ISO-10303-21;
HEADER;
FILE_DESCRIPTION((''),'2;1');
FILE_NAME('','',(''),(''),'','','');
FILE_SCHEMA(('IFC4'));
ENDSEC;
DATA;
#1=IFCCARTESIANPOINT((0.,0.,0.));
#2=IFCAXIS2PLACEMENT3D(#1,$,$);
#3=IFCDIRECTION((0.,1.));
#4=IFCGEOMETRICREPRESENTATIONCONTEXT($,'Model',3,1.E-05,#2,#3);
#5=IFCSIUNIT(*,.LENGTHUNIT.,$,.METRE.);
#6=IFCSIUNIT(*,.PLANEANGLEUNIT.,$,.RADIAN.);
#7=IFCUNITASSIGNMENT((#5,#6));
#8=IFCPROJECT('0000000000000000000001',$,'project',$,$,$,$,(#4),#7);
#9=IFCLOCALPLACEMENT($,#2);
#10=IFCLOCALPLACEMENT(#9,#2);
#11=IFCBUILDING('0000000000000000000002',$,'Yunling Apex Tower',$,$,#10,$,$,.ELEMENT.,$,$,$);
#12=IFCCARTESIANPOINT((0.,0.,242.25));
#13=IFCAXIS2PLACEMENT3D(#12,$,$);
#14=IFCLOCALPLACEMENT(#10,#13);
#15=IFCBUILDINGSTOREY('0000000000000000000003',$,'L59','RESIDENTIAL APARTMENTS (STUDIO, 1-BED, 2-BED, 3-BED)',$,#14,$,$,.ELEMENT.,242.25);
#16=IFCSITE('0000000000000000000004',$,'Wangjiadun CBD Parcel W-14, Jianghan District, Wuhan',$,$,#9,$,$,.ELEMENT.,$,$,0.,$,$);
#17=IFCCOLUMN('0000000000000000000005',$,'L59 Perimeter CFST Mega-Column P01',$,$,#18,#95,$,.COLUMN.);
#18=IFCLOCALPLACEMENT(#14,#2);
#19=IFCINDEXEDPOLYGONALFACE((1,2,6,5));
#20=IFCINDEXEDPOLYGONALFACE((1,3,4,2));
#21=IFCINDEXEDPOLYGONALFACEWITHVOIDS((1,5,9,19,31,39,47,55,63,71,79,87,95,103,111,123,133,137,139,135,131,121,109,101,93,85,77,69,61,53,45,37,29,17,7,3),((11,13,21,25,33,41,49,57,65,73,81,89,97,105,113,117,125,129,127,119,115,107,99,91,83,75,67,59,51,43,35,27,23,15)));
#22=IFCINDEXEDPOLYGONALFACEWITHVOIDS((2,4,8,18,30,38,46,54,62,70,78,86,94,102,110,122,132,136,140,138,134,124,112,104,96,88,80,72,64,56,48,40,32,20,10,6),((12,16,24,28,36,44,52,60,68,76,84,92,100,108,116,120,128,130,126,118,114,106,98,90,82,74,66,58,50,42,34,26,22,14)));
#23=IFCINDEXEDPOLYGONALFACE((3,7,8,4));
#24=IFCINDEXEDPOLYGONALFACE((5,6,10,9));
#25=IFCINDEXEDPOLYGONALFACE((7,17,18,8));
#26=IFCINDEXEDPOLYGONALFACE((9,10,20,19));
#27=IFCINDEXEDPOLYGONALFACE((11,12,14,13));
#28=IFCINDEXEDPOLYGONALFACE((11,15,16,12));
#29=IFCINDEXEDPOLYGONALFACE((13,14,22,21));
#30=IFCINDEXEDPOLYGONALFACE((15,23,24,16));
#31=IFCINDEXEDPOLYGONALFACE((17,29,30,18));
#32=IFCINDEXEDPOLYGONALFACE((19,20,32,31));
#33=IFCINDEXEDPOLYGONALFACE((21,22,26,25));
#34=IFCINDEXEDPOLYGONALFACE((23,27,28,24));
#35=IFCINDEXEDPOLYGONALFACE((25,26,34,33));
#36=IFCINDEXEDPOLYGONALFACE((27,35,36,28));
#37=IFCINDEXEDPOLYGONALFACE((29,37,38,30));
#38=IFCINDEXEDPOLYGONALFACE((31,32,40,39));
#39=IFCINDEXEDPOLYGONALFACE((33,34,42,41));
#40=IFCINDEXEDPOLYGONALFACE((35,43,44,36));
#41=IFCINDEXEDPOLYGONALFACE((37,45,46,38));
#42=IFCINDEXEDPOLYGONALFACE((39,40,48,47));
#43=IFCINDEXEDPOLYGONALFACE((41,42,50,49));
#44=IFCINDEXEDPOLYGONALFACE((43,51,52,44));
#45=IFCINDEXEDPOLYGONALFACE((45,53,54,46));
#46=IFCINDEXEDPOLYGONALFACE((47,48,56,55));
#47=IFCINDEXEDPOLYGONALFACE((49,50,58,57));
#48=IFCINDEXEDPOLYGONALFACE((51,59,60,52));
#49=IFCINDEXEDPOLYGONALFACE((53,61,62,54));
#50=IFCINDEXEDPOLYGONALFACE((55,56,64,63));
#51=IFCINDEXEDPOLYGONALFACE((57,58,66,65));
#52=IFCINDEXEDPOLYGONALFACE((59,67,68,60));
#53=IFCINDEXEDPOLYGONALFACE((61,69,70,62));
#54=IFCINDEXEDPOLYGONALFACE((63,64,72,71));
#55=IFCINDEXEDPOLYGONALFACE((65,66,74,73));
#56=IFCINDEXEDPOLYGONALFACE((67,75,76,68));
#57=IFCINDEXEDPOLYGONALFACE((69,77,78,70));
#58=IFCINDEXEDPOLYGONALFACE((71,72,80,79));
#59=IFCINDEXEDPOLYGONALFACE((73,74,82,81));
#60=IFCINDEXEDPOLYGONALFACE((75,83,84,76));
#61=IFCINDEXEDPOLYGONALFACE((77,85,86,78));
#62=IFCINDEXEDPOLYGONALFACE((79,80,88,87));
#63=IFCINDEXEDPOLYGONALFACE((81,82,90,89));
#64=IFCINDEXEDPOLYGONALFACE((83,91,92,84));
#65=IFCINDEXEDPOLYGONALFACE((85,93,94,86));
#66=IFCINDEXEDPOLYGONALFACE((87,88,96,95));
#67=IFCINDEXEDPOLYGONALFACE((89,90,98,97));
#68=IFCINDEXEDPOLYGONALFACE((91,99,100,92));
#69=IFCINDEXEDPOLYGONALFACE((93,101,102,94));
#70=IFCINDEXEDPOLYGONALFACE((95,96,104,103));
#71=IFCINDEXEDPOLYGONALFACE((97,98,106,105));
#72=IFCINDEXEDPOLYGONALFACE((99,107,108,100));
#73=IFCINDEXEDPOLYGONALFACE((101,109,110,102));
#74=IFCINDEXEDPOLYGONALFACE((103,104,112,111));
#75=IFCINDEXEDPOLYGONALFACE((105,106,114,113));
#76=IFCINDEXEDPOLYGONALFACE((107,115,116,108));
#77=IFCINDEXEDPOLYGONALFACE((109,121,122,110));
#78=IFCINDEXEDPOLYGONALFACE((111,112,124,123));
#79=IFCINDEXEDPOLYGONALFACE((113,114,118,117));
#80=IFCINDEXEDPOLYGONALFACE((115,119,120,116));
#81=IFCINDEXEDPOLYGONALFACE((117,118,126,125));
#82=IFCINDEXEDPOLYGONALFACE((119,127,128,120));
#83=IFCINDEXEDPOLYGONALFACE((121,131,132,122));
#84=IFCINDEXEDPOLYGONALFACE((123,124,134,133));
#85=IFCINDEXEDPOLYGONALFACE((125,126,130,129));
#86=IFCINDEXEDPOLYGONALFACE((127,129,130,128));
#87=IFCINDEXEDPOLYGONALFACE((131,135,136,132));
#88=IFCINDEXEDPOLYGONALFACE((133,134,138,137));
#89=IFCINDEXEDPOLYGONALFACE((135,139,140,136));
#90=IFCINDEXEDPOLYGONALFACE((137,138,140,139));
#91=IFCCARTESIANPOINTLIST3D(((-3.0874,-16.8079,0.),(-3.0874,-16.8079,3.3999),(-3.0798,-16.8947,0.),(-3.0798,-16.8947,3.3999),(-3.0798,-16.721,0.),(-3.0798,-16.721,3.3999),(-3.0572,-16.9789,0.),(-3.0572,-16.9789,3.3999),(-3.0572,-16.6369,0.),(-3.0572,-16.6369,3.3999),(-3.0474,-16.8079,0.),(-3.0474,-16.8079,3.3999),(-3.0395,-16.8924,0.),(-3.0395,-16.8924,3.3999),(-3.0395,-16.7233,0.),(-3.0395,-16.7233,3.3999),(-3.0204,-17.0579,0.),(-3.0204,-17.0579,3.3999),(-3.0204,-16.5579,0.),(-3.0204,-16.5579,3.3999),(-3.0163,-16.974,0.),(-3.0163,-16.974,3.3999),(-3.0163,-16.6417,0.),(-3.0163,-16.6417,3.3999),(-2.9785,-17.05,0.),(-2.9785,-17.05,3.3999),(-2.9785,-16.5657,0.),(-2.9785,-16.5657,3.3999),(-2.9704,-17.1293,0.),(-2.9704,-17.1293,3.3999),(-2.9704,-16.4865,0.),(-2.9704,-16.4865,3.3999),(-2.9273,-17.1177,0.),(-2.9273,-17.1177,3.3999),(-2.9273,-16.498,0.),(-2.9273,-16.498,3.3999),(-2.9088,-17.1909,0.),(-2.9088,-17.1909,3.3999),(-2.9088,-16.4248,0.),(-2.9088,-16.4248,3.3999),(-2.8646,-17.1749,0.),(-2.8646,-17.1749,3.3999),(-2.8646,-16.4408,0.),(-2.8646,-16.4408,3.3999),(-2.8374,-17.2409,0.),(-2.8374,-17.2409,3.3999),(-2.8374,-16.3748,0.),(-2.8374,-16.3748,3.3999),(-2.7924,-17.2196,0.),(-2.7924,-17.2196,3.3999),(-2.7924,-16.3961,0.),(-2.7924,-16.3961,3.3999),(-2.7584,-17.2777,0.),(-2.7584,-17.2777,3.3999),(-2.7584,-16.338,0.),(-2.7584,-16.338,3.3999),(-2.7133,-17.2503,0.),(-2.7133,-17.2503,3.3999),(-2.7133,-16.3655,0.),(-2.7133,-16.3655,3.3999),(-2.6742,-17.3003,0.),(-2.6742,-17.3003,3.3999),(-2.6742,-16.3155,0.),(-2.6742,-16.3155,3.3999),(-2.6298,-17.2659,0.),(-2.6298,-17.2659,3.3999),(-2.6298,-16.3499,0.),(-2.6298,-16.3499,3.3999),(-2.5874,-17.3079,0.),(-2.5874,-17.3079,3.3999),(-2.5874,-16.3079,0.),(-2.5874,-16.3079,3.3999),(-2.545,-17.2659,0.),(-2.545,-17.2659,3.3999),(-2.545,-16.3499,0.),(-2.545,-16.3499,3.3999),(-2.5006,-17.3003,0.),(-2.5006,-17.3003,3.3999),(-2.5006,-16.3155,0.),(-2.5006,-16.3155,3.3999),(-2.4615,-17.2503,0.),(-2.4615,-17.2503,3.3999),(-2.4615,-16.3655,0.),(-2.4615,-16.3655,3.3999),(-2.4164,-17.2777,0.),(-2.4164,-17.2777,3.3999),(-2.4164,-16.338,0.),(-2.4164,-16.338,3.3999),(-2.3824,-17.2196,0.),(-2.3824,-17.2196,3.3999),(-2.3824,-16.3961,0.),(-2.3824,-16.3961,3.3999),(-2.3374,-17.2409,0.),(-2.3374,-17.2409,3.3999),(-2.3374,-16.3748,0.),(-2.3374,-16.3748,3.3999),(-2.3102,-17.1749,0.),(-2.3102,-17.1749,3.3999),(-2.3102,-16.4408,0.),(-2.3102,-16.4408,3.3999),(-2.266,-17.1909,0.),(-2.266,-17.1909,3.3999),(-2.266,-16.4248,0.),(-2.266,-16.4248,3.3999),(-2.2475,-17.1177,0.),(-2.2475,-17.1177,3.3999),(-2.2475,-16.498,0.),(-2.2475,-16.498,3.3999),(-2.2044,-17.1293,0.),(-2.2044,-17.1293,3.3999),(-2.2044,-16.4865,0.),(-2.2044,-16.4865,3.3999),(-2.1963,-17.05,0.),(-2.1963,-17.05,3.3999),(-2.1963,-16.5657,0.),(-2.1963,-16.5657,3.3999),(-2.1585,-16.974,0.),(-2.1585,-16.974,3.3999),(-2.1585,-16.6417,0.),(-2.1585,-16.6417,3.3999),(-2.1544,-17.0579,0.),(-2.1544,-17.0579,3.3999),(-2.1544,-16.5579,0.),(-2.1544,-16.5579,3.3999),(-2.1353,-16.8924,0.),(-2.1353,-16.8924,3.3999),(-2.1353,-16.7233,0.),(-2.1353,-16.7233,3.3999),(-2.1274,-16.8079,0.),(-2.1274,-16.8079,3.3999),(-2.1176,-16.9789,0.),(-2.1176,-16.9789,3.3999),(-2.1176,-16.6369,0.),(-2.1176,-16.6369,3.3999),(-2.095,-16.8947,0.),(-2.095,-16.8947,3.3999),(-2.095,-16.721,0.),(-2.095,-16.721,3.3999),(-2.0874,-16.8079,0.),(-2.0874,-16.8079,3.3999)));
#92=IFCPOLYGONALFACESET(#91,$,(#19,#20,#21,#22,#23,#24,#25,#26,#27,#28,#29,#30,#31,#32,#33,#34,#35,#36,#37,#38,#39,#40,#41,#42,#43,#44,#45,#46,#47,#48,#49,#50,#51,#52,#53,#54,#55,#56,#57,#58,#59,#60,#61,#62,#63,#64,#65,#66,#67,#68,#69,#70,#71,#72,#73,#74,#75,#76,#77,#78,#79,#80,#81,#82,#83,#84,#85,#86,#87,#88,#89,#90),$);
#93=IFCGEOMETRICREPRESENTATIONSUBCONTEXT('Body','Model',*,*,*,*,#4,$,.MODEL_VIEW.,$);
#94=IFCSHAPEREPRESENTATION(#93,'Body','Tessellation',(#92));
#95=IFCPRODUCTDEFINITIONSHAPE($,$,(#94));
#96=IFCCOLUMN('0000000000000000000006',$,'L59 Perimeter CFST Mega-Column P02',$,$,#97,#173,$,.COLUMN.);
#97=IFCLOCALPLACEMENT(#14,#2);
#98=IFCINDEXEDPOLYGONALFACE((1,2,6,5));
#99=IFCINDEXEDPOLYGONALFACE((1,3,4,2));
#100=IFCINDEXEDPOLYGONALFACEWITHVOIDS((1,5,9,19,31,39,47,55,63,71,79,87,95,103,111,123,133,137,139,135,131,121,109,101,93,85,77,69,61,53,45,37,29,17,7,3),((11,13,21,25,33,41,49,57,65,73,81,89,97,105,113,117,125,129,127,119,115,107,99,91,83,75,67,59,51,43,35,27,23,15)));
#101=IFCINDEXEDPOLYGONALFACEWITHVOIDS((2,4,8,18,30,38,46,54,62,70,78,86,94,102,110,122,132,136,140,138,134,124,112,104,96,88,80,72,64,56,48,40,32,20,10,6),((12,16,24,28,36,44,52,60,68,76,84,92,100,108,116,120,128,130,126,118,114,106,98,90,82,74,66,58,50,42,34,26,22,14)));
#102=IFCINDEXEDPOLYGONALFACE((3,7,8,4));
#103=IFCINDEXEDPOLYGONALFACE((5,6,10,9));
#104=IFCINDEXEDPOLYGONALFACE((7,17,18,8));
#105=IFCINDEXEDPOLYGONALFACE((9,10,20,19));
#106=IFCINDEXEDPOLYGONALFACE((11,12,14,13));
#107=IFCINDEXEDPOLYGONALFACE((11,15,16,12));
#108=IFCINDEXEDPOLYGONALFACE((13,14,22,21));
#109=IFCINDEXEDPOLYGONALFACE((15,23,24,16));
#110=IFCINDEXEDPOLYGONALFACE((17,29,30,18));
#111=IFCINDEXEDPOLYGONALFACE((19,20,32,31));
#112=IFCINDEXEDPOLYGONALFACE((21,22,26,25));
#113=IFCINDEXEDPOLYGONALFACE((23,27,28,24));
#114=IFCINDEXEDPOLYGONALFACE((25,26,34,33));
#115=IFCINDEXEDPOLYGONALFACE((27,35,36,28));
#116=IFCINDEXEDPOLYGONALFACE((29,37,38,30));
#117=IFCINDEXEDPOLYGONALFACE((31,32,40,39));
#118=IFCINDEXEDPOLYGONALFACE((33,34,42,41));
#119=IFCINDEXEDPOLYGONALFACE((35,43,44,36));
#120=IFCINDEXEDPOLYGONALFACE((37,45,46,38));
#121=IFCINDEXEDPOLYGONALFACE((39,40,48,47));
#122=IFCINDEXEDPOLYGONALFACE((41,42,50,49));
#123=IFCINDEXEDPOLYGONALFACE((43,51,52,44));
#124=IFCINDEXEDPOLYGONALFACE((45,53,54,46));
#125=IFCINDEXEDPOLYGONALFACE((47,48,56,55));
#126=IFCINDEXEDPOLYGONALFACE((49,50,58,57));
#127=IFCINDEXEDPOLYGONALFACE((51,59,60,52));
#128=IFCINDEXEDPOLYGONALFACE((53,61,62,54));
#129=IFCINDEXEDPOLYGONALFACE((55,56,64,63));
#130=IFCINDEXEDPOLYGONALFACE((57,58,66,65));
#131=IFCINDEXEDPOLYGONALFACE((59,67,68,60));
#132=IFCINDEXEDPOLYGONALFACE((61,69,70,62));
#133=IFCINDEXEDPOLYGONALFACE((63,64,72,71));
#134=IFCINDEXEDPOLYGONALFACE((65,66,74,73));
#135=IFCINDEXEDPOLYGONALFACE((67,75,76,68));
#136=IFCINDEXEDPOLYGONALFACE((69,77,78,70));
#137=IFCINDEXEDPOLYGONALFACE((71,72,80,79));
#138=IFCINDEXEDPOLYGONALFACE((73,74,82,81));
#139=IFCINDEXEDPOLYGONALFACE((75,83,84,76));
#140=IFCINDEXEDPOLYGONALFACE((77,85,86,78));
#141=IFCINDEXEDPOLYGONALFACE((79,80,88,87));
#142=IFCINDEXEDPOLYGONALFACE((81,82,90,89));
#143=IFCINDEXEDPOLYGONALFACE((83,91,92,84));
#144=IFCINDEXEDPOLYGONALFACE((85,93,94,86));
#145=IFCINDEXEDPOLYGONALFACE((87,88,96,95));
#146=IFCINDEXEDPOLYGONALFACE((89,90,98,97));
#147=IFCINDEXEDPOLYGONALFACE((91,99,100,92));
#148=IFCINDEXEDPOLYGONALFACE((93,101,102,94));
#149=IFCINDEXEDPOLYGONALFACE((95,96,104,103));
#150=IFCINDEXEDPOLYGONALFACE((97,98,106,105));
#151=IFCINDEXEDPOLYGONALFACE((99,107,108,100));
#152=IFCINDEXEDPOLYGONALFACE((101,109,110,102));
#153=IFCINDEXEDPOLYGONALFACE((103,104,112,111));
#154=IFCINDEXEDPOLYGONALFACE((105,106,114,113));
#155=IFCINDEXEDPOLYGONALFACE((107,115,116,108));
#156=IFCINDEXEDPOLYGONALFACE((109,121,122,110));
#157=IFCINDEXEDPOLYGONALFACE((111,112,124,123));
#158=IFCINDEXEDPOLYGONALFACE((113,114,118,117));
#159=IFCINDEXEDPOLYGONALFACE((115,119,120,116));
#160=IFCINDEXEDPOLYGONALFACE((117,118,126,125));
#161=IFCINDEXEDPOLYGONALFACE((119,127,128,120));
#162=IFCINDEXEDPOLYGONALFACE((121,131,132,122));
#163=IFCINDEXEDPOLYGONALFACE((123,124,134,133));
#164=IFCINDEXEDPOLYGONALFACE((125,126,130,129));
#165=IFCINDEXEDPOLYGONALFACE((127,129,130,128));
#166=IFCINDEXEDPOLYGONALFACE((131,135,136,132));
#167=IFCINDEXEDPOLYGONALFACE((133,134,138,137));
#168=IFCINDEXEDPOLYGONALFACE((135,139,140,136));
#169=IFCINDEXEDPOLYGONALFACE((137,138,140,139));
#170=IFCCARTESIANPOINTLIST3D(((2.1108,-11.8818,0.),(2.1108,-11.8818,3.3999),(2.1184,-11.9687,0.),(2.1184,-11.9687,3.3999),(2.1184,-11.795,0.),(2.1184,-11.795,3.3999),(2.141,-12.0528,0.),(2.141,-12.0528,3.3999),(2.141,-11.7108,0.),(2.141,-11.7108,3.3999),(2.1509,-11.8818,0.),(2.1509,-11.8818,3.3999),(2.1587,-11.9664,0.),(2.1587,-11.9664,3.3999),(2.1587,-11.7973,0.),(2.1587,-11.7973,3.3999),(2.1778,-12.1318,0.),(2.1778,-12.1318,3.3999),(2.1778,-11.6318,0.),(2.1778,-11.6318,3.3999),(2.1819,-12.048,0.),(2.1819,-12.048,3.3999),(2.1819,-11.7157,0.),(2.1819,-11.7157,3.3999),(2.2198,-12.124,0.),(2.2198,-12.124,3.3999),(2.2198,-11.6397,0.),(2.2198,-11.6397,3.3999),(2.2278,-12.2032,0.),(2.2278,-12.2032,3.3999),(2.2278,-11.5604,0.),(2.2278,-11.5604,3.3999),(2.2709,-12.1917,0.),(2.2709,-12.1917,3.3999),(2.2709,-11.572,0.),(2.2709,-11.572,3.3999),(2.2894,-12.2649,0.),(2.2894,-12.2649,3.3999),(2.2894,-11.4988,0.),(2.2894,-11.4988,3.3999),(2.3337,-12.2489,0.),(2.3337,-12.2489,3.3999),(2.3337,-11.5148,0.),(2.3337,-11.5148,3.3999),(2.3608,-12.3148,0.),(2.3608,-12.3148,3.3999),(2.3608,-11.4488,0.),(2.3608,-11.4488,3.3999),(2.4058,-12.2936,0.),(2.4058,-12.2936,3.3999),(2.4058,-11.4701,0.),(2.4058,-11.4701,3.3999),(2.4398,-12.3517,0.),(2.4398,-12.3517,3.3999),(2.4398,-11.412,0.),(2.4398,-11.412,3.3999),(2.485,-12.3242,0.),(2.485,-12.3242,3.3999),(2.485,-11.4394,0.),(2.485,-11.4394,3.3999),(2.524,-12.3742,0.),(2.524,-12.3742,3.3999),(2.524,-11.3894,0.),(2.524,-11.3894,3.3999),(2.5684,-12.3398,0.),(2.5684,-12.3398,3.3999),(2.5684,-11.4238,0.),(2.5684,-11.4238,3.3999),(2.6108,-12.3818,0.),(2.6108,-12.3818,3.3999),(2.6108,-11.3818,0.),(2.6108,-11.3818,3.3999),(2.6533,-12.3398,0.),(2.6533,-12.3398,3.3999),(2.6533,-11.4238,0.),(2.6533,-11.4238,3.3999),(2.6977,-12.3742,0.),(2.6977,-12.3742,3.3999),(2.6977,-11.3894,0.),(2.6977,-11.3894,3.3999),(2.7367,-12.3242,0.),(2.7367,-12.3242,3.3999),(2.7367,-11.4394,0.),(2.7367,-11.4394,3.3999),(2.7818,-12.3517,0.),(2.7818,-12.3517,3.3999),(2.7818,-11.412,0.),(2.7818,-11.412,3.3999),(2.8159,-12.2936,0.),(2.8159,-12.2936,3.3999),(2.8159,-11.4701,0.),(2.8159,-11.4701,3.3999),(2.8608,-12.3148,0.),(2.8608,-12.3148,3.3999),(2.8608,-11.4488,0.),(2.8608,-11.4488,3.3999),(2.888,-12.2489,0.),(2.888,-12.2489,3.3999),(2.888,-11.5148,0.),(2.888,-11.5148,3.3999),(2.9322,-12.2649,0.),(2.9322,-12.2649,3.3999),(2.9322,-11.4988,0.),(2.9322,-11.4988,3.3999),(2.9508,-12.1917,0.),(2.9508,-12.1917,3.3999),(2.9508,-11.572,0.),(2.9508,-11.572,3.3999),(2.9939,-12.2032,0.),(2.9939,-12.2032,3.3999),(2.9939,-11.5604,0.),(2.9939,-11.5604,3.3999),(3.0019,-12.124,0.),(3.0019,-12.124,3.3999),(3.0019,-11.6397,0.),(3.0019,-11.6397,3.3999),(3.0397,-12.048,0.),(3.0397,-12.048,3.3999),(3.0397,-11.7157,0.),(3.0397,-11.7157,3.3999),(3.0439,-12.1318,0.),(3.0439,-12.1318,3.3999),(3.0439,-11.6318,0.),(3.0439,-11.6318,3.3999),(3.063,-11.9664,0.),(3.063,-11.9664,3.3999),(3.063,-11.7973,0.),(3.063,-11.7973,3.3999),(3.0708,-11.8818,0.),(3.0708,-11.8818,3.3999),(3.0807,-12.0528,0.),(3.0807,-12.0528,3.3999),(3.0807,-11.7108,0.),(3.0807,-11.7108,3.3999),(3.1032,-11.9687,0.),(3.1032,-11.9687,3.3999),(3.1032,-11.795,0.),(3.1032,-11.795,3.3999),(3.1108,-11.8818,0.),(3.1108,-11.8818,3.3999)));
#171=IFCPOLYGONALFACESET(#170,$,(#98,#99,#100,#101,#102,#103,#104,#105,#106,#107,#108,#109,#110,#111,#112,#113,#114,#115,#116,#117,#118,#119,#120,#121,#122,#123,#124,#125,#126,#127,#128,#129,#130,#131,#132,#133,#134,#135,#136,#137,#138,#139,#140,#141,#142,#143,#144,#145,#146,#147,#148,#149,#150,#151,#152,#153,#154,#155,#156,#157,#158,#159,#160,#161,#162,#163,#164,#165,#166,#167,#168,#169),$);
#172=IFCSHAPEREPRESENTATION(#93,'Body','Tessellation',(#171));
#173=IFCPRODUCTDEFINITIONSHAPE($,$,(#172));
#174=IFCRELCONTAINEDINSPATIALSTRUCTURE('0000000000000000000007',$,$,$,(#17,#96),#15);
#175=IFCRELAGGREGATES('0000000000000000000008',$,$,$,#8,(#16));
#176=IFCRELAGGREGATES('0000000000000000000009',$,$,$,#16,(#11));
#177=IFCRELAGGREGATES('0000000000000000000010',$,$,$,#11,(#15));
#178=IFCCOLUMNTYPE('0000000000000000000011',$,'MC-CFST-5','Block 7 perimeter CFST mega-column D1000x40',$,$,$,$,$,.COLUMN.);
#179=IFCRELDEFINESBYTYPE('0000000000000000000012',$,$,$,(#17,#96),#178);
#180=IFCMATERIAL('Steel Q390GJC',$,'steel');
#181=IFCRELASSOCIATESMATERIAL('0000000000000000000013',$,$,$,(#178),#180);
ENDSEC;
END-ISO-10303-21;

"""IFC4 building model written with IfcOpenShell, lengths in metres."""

from ifc_helpers import new_model, si_unit, direction, frame, origin, origin_2d, place, context, subcontext, project, spatial, hollow_circle, extrude, source, transform, mapped, material, material_profile, profile_set, type_object, element, save


model = new_model("IFC4")

# Units and contexts
model_context = context("Model", 3, precision=1e-05, world=origin(), true_north=direction((0.0, 1.0)))
body_context = subcontext(model_context, "Body", "Model", "MODEL_VIEW")
ifc_project = project(units=[si_unit("LENGTHUNIT", "METRE"), si_unit("PLANEANGLEUNIT", "RADIAN")], contexts=[model_context])

# Site, building, storey
site_placement = place(None, origin())
site = spatial("IfcSite", under=ifc_project, at=site_placement, Name="Wangjiadun CBD Parcel W-14, Jianghan District, Wuhan", CompositionType="ELEMENT", RefElevation=0.0)
building_placement = place(site_placement, origin())
building = spatial("IfcBuilding", under=site, at=building_placement, Name="Yunling Apex Tower", CompositionType="ELEMENT")
storey_placement = place(building_placement, frame((0.0, 0.0, 242.25)))
storey = spatial("IfcBuildingStorey", under=building, at=storey_placement, Name="L59", Description="RESIDENTIAL APARTMENTS (STUDIO, 1-BED, 2-BED, 3-BED)", CompositionType="ELEMENT", Elevation=242.25)

# Columns
ifc_material_1 = material(Name="Steel Q390GJC", Category="steel")
ifc_material_profile_1 = material_profile(ifc_material_1, hollow_circle(Radius=0.5, WallThickness=0.04, at=origin_2d()))
ifc_profile_set_1 = profile_set([ifc_material_profile_1], Name="Steel Q390GJC")
column_type = type_object("IfcColumnType", Name="MC-CFST-5", Description="Block 7 perimeter CFST mega-column D1000x40", PredefinedType="COLUMN", material=ifc_profile_set_1)
shared_shape_1 = source(origin(), body_context, "Body", "SweptSolid", [
    extrude(hollow_circle(Radius=0.5, WallThickness=0.04, at=origin_2d()), origin(), (0.0, 0.0, 1.0), 3.3999),
])
for number, where, z_axis, x_axis, name in (
    (1, (-2.5874, -16.8079, 0.0), (0.0, 0.0, 1.0), (1.0, 0.0, 0.0), "L59 Perimeter CFST Mega-Column P01"),
    (2, (2.6108, -11.8818, 0.0), (0.0, 0.0, 1.0), (1.0, 0.0, 0.0), "L59 Perimeter CFST Mega-Column P02"),
):
    element("IfcColumn", number, at=place(storey_placement, frame(where, z_axis=z_axis, x_axis=x_axis)), inside=storey, type_object=column_type, Name=name, PredefinedType="COLUMN", context=body_context, shape_type="MappedRepresentation", body=[
        mapped(shared_shape_1, transform((0.0, 0.0, 0.0), scale=1.0)),
    ])

save(model, "model.ifc")
